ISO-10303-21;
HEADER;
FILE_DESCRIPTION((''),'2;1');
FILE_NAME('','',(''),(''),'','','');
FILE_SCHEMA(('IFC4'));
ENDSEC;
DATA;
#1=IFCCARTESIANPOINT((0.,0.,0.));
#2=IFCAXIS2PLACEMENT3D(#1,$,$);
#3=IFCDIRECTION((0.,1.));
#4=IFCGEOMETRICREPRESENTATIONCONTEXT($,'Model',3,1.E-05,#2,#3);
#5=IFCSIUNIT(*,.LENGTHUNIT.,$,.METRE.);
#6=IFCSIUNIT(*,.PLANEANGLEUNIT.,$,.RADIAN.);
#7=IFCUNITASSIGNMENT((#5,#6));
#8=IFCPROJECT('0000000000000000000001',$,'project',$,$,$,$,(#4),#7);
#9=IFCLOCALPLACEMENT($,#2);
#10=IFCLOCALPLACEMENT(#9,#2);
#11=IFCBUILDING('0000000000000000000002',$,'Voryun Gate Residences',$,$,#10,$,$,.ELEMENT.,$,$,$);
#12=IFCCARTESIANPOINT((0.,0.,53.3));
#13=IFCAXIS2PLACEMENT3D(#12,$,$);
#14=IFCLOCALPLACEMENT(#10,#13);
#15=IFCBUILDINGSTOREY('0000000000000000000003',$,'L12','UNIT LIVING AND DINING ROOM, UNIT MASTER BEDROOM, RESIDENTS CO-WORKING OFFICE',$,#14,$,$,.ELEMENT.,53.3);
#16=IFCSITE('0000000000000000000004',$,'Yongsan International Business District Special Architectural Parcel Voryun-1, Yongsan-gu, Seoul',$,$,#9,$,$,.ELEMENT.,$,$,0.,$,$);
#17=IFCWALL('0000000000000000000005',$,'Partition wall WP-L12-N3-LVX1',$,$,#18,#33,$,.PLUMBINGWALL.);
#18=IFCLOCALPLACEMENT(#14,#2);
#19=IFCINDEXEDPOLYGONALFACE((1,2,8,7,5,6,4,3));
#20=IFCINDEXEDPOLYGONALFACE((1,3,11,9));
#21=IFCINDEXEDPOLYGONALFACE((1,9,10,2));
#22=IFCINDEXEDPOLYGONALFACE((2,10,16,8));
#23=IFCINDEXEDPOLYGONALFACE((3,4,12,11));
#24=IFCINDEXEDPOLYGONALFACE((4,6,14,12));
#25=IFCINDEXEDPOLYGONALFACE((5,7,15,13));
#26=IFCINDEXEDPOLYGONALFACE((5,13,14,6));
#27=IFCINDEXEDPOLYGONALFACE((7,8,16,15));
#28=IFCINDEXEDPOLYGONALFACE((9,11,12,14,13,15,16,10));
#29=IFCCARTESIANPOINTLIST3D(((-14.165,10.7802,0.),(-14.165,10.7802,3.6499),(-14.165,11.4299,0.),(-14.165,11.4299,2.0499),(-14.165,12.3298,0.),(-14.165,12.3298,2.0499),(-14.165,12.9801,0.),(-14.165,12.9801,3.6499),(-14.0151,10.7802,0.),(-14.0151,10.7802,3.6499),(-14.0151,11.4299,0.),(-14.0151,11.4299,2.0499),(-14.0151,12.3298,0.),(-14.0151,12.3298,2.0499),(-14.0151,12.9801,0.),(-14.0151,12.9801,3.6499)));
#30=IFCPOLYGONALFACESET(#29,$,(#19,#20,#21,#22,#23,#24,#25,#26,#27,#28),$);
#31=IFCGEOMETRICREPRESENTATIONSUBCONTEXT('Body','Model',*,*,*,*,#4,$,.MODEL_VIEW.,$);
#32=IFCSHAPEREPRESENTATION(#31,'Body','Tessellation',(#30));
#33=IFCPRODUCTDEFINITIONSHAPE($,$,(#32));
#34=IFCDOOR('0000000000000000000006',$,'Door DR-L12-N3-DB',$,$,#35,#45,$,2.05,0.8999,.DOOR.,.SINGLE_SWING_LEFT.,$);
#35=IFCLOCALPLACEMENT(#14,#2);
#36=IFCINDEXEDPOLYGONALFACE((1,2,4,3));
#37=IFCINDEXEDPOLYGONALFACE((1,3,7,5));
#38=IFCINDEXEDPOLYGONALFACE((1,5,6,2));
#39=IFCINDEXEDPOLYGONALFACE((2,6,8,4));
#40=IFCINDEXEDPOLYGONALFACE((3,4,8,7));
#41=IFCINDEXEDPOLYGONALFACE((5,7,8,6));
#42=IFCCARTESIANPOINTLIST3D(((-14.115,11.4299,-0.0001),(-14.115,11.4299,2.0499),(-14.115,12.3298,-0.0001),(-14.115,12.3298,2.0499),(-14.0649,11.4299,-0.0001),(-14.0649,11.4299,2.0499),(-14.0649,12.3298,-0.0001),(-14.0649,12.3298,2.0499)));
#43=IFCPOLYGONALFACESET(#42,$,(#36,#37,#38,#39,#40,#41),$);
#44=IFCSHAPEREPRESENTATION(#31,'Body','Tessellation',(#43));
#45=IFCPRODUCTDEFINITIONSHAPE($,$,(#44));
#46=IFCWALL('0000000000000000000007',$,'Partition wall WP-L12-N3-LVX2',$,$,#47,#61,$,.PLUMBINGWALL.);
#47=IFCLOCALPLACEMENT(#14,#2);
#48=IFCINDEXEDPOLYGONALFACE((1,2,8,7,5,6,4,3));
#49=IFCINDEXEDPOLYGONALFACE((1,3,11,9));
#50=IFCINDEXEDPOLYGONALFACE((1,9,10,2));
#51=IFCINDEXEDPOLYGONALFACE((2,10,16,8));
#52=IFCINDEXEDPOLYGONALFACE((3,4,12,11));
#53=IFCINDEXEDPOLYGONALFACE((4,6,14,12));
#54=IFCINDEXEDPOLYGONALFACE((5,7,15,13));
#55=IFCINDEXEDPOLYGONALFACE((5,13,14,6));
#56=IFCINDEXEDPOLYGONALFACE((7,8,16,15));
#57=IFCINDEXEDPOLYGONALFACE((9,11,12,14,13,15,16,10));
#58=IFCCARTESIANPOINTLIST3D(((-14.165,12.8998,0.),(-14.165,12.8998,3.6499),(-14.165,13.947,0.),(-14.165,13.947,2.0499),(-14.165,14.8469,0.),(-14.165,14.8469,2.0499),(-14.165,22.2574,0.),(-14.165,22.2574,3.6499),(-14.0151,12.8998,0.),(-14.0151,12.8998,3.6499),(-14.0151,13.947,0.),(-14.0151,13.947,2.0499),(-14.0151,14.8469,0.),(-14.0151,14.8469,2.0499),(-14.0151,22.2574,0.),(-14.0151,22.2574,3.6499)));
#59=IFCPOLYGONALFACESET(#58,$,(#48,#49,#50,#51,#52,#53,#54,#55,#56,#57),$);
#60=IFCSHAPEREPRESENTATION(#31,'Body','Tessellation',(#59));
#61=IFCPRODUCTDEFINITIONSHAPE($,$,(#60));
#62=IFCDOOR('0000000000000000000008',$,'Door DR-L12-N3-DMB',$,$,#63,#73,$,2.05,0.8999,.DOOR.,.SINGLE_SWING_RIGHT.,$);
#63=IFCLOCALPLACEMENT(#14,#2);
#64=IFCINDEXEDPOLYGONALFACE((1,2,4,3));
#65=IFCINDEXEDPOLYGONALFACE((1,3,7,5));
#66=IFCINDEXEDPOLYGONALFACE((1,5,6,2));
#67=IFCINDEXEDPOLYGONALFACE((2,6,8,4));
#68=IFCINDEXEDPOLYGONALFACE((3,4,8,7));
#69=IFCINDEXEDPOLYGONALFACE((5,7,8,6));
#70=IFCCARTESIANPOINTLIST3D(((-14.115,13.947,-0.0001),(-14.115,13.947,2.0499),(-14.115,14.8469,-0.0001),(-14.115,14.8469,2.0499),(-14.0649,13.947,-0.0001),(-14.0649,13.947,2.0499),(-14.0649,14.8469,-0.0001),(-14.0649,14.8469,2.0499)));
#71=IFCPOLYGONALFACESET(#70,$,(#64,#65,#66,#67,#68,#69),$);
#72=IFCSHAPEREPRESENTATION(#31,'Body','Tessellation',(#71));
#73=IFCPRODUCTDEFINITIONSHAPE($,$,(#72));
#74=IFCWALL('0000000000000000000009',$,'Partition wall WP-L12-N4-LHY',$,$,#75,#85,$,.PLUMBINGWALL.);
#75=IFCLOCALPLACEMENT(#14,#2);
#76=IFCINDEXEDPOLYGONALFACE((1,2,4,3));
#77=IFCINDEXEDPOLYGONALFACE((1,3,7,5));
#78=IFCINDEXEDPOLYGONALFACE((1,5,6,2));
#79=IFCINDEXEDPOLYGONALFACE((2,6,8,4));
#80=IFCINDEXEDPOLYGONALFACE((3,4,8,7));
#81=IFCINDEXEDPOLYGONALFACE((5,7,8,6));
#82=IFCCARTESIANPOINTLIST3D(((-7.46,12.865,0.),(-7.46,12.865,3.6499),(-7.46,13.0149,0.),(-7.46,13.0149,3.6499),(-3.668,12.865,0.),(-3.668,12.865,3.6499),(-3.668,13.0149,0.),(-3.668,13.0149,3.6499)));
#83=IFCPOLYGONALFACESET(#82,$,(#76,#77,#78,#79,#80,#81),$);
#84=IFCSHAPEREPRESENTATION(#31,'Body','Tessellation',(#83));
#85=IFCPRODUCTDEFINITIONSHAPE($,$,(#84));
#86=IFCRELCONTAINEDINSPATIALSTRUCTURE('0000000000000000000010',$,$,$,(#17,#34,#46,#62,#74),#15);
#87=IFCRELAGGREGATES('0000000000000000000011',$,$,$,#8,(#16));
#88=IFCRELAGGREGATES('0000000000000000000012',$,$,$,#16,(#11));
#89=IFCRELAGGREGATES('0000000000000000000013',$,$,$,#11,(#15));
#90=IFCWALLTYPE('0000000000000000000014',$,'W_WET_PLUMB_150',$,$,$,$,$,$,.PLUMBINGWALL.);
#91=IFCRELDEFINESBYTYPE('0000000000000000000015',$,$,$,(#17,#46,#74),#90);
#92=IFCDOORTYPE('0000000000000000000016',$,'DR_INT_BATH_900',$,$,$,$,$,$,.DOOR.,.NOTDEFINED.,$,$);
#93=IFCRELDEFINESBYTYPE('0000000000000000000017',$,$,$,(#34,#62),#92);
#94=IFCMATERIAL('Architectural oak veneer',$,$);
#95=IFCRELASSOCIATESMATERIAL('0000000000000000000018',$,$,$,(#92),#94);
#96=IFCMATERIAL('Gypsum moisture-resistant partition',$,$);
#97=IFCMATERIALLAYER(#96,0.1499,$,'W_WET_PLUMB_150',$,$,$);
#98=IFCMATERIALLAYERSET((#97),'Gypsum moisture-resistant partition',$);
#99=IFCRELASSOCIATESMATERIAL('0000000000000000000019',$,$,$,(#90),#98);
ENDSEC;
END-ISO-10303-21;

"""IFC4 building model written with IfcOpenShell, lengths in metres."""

from ifc_helpers import new_model, si_unit, direction, frame, frame_2d, origin, place, context, subcontext, project, spatial, rectangle, extrude, material, layer, layer_set, type_object, element, fill, save


model = new_model("IFC4")

# Units and contexts
model_context = context("Model", 3, precision=1e-05, world=origin(), true_north=direction((0.0, 1.0)))
body_context = subcontext(model_context, "Body", "Model", "MODEL_VIEW")
ifc_project = project(units=[si_unit("LENGTHUNIT", "METRE"), si_unit("PLANEANGLEUNIT", "RADIAN")], contexts=[model_context])

# Site, building, storey
site_placement = place(None, origin())
site = spatial("IfcSite", under=ifc_project, at=site_placement, Name="Yongsan International Business District Special Architectural Parcel Voryun-1, Yongsan-gu, Seoul", CompositionType="ELEMENT", RefElevation=0.0)
building_placement = place(site_placement, origin())
building = spatial("IfcBuilding", under=site, at=building_placement, Name="Voryun Gate Residences", CompositionType="ELEMENT")
storey_placement = place(building_placement, frame((0.0, 0.0, 53.3)))
storey = spatial("IfcBuildingStorey", under=building, at=storey_placement, Name="L12", Description="UNIT LIVING AND DINING ROOM, UNIT MASTER BEDROOM, RESIDENTS CO-WORKING OFFICE", CompositionType="ELEMENT", Elevation=53.3)

# Shared definitions
ifc_material_1 = material(Name="Architectural oak veneer")
door_type_1 = type_object("IfcDoorType", Name="DR_INT_BATH_900", OperationType="NOTDEFINED", PredefinedType="DOOR", material=ifc_material_1)

# Shared definitions
ifc_material_2 = material(Name="Gypsum moisture-resistant partition")
ifc_layer_1 = layer(ifc_material_2, 0.1499, Name="W_WET_PLUMB_150")
ifc_layer_set_1 = layer_set([ifc_layer_1], Name="Gypsum moisture-resistant partition")
wall_type_1 = type_object("IfcWallType", Name="W_WET_PLUMB_150", PredefinedType="PLUMBINGWALL", material=ifc_layer_set_1)

# Walls, openings, doors
wall_1_placement = place(storey_placement, frame((-14.0901, 10.78, 0.0), z_axis=(0.0, 0.0, 1.0), x_axis=(0.0, 1.0, 0.0)))
wall_1 = element("IfcWall", 1, at=wall_1_placement, inside=storey, type_object=wall_type_1, Name="Partition wall WP-L12-N3-LVX1", PredefinedType="PLUMBINGWALL", context=body_context, shape_type="SweptSolid", body=[
    extrude(rectangle(XDim=2.2, YDim=0.1499, at=frame_2d((1.1001, 0.0))), origin(), (0.0, 0.0, 1.0), 3.6499),
])
opening_1_placement = place(wall_1_placement, frame((0.6499, 0.0, 0.0)))
opening_1 = element("IfcOpeningElement", 2, at=opening_1_placement, cuts=wall_1, PredefinedType="OPENING", context=body_context, shape_type="SweptSolid", body=[
    extrude(rectangle(XDim=0.8999, YDim=2.05, at=frame_2d((0.45, 1.0249))), frame((0.0, 0.085, 0.0), z_axis=(0.0, -1.0, 0.0), x_axis=(1.0, 0.0, 0.0)), (0.0, 0.0, 1.0), 0.1699),
])
door_1_placement = place(opening_1_placement, origin())
door_1 = element("IfcDoor", 3, at=door_1_placement, inside=storey, type_object=door_type_1, Name="Door DR-L12-N3-DB", OperationType="SINGLE_SWING_LEFT", OverallHeight=2.05, OverallWidth=0.8999, PredefinedType="DOOR", context=body_context, shape_type="SweptSolid", body=[
    extrude(rectangle(XDim=0.8999, YDim=2.05, at=frame_2d((0.45, 1.0249))), frame((0.0, 0.0249, 0.0), z_axis=(0.0, -1.0, 0.0), x_axis=(1.0, 0.0, 0.0)), (0.0, 0.0, 1.0), 0.05),
])
fill(opening_1, door_1)
wall_2_placement = place(storey_placement, frame((-14.0901, 12.8999, 0.0), z_axis=(0.0, 0.0, 1.0), x_axis=(0.0, 1.0, 0.0)))
wall_2 = element("IfcWall", 4, at=wall_2_placement, inside=storey, type_object=wall_type_1, Name="Partition wall WP-L12-N3-LVX2", PredefinedType="PLUMBINGWALL", context=body_context, shape_type="SweptSolid", body=[
    extrude(rectangle(XDim=9.3577, YDim=0.1499, at=frame_2d((4.6787, 0.0))), origin(), (0.0, 0.0, 1.0), 3.6499),
])
opening_2_placement = place(wall_2_placement, frame((1.0471, 0.0, 0.0)))
opening_2 = element("IfcOpeningElement", 5, at=opening_2_placement, cuts=wall_2, PredefinedType="OPENING", context=body_context, shape_type="SweptSolid", body=[
    extrude(rectangle(XDim=0.8999, YDim=2.05, at=frame_2d((0.45, 1.0249))), frame((0.0, 0.085, 0.0), z_axis=(0.0, -1.0, 0.0), x_axis=(1.0, 0.0, 0.0)), (0.0, 0.0, 1.0), 0.1699),
])
door_2_placement = place(opening_2_placement, origin())
door_2 = element("IfcDoor", 6, at=door_2_placement, inside=storey, type_object=door_type_1, Name="Door DR-L12-N3-DMB", OperationType="SINGLE_SWING_RIGHT", OverallHeight=2.05, OverallWidth=0.8999, PredefinedType="DOOR", context=body_context, shape_type="SweptSolid", body=[
    extrude(rectangle(XDim=0.8999, YDim=2.05, at=frame_2d((0.45, 1.0249))), frame((0.0, 0.0249, 0.0), z_axis=(0.0, -1.0, 0.0), x_axis=(1.0, 0.0, 0.0)), (0.0, 0.0, 1.0), 0.05),
])
fill(opening_2, door_2)

# Wall
wall_3_placement = place(storey_placement, frame((-7.46, 12.9399, 0.0), z_axis=(0.0, 0.0, 1.0), x_axis=(1.0, 0.0, 0.0)))
element("IfcWall", 7, at=wall_3_placement, inside=storey, type_object=wall_type_1, Name="Partition wall WP-L12-N4-LHY", PredefinedType="PLUMBINGWALL", context=body_context, shape_type="SweptSolid", body=[
    extrude(rectangle(XDim=3.792, YDim=0.1499, at=frame_2d((1.896, 0.0))), origin(), (0.0, 0.0, 1.0), 3.6499),
])

save(model, "model.ifc")
